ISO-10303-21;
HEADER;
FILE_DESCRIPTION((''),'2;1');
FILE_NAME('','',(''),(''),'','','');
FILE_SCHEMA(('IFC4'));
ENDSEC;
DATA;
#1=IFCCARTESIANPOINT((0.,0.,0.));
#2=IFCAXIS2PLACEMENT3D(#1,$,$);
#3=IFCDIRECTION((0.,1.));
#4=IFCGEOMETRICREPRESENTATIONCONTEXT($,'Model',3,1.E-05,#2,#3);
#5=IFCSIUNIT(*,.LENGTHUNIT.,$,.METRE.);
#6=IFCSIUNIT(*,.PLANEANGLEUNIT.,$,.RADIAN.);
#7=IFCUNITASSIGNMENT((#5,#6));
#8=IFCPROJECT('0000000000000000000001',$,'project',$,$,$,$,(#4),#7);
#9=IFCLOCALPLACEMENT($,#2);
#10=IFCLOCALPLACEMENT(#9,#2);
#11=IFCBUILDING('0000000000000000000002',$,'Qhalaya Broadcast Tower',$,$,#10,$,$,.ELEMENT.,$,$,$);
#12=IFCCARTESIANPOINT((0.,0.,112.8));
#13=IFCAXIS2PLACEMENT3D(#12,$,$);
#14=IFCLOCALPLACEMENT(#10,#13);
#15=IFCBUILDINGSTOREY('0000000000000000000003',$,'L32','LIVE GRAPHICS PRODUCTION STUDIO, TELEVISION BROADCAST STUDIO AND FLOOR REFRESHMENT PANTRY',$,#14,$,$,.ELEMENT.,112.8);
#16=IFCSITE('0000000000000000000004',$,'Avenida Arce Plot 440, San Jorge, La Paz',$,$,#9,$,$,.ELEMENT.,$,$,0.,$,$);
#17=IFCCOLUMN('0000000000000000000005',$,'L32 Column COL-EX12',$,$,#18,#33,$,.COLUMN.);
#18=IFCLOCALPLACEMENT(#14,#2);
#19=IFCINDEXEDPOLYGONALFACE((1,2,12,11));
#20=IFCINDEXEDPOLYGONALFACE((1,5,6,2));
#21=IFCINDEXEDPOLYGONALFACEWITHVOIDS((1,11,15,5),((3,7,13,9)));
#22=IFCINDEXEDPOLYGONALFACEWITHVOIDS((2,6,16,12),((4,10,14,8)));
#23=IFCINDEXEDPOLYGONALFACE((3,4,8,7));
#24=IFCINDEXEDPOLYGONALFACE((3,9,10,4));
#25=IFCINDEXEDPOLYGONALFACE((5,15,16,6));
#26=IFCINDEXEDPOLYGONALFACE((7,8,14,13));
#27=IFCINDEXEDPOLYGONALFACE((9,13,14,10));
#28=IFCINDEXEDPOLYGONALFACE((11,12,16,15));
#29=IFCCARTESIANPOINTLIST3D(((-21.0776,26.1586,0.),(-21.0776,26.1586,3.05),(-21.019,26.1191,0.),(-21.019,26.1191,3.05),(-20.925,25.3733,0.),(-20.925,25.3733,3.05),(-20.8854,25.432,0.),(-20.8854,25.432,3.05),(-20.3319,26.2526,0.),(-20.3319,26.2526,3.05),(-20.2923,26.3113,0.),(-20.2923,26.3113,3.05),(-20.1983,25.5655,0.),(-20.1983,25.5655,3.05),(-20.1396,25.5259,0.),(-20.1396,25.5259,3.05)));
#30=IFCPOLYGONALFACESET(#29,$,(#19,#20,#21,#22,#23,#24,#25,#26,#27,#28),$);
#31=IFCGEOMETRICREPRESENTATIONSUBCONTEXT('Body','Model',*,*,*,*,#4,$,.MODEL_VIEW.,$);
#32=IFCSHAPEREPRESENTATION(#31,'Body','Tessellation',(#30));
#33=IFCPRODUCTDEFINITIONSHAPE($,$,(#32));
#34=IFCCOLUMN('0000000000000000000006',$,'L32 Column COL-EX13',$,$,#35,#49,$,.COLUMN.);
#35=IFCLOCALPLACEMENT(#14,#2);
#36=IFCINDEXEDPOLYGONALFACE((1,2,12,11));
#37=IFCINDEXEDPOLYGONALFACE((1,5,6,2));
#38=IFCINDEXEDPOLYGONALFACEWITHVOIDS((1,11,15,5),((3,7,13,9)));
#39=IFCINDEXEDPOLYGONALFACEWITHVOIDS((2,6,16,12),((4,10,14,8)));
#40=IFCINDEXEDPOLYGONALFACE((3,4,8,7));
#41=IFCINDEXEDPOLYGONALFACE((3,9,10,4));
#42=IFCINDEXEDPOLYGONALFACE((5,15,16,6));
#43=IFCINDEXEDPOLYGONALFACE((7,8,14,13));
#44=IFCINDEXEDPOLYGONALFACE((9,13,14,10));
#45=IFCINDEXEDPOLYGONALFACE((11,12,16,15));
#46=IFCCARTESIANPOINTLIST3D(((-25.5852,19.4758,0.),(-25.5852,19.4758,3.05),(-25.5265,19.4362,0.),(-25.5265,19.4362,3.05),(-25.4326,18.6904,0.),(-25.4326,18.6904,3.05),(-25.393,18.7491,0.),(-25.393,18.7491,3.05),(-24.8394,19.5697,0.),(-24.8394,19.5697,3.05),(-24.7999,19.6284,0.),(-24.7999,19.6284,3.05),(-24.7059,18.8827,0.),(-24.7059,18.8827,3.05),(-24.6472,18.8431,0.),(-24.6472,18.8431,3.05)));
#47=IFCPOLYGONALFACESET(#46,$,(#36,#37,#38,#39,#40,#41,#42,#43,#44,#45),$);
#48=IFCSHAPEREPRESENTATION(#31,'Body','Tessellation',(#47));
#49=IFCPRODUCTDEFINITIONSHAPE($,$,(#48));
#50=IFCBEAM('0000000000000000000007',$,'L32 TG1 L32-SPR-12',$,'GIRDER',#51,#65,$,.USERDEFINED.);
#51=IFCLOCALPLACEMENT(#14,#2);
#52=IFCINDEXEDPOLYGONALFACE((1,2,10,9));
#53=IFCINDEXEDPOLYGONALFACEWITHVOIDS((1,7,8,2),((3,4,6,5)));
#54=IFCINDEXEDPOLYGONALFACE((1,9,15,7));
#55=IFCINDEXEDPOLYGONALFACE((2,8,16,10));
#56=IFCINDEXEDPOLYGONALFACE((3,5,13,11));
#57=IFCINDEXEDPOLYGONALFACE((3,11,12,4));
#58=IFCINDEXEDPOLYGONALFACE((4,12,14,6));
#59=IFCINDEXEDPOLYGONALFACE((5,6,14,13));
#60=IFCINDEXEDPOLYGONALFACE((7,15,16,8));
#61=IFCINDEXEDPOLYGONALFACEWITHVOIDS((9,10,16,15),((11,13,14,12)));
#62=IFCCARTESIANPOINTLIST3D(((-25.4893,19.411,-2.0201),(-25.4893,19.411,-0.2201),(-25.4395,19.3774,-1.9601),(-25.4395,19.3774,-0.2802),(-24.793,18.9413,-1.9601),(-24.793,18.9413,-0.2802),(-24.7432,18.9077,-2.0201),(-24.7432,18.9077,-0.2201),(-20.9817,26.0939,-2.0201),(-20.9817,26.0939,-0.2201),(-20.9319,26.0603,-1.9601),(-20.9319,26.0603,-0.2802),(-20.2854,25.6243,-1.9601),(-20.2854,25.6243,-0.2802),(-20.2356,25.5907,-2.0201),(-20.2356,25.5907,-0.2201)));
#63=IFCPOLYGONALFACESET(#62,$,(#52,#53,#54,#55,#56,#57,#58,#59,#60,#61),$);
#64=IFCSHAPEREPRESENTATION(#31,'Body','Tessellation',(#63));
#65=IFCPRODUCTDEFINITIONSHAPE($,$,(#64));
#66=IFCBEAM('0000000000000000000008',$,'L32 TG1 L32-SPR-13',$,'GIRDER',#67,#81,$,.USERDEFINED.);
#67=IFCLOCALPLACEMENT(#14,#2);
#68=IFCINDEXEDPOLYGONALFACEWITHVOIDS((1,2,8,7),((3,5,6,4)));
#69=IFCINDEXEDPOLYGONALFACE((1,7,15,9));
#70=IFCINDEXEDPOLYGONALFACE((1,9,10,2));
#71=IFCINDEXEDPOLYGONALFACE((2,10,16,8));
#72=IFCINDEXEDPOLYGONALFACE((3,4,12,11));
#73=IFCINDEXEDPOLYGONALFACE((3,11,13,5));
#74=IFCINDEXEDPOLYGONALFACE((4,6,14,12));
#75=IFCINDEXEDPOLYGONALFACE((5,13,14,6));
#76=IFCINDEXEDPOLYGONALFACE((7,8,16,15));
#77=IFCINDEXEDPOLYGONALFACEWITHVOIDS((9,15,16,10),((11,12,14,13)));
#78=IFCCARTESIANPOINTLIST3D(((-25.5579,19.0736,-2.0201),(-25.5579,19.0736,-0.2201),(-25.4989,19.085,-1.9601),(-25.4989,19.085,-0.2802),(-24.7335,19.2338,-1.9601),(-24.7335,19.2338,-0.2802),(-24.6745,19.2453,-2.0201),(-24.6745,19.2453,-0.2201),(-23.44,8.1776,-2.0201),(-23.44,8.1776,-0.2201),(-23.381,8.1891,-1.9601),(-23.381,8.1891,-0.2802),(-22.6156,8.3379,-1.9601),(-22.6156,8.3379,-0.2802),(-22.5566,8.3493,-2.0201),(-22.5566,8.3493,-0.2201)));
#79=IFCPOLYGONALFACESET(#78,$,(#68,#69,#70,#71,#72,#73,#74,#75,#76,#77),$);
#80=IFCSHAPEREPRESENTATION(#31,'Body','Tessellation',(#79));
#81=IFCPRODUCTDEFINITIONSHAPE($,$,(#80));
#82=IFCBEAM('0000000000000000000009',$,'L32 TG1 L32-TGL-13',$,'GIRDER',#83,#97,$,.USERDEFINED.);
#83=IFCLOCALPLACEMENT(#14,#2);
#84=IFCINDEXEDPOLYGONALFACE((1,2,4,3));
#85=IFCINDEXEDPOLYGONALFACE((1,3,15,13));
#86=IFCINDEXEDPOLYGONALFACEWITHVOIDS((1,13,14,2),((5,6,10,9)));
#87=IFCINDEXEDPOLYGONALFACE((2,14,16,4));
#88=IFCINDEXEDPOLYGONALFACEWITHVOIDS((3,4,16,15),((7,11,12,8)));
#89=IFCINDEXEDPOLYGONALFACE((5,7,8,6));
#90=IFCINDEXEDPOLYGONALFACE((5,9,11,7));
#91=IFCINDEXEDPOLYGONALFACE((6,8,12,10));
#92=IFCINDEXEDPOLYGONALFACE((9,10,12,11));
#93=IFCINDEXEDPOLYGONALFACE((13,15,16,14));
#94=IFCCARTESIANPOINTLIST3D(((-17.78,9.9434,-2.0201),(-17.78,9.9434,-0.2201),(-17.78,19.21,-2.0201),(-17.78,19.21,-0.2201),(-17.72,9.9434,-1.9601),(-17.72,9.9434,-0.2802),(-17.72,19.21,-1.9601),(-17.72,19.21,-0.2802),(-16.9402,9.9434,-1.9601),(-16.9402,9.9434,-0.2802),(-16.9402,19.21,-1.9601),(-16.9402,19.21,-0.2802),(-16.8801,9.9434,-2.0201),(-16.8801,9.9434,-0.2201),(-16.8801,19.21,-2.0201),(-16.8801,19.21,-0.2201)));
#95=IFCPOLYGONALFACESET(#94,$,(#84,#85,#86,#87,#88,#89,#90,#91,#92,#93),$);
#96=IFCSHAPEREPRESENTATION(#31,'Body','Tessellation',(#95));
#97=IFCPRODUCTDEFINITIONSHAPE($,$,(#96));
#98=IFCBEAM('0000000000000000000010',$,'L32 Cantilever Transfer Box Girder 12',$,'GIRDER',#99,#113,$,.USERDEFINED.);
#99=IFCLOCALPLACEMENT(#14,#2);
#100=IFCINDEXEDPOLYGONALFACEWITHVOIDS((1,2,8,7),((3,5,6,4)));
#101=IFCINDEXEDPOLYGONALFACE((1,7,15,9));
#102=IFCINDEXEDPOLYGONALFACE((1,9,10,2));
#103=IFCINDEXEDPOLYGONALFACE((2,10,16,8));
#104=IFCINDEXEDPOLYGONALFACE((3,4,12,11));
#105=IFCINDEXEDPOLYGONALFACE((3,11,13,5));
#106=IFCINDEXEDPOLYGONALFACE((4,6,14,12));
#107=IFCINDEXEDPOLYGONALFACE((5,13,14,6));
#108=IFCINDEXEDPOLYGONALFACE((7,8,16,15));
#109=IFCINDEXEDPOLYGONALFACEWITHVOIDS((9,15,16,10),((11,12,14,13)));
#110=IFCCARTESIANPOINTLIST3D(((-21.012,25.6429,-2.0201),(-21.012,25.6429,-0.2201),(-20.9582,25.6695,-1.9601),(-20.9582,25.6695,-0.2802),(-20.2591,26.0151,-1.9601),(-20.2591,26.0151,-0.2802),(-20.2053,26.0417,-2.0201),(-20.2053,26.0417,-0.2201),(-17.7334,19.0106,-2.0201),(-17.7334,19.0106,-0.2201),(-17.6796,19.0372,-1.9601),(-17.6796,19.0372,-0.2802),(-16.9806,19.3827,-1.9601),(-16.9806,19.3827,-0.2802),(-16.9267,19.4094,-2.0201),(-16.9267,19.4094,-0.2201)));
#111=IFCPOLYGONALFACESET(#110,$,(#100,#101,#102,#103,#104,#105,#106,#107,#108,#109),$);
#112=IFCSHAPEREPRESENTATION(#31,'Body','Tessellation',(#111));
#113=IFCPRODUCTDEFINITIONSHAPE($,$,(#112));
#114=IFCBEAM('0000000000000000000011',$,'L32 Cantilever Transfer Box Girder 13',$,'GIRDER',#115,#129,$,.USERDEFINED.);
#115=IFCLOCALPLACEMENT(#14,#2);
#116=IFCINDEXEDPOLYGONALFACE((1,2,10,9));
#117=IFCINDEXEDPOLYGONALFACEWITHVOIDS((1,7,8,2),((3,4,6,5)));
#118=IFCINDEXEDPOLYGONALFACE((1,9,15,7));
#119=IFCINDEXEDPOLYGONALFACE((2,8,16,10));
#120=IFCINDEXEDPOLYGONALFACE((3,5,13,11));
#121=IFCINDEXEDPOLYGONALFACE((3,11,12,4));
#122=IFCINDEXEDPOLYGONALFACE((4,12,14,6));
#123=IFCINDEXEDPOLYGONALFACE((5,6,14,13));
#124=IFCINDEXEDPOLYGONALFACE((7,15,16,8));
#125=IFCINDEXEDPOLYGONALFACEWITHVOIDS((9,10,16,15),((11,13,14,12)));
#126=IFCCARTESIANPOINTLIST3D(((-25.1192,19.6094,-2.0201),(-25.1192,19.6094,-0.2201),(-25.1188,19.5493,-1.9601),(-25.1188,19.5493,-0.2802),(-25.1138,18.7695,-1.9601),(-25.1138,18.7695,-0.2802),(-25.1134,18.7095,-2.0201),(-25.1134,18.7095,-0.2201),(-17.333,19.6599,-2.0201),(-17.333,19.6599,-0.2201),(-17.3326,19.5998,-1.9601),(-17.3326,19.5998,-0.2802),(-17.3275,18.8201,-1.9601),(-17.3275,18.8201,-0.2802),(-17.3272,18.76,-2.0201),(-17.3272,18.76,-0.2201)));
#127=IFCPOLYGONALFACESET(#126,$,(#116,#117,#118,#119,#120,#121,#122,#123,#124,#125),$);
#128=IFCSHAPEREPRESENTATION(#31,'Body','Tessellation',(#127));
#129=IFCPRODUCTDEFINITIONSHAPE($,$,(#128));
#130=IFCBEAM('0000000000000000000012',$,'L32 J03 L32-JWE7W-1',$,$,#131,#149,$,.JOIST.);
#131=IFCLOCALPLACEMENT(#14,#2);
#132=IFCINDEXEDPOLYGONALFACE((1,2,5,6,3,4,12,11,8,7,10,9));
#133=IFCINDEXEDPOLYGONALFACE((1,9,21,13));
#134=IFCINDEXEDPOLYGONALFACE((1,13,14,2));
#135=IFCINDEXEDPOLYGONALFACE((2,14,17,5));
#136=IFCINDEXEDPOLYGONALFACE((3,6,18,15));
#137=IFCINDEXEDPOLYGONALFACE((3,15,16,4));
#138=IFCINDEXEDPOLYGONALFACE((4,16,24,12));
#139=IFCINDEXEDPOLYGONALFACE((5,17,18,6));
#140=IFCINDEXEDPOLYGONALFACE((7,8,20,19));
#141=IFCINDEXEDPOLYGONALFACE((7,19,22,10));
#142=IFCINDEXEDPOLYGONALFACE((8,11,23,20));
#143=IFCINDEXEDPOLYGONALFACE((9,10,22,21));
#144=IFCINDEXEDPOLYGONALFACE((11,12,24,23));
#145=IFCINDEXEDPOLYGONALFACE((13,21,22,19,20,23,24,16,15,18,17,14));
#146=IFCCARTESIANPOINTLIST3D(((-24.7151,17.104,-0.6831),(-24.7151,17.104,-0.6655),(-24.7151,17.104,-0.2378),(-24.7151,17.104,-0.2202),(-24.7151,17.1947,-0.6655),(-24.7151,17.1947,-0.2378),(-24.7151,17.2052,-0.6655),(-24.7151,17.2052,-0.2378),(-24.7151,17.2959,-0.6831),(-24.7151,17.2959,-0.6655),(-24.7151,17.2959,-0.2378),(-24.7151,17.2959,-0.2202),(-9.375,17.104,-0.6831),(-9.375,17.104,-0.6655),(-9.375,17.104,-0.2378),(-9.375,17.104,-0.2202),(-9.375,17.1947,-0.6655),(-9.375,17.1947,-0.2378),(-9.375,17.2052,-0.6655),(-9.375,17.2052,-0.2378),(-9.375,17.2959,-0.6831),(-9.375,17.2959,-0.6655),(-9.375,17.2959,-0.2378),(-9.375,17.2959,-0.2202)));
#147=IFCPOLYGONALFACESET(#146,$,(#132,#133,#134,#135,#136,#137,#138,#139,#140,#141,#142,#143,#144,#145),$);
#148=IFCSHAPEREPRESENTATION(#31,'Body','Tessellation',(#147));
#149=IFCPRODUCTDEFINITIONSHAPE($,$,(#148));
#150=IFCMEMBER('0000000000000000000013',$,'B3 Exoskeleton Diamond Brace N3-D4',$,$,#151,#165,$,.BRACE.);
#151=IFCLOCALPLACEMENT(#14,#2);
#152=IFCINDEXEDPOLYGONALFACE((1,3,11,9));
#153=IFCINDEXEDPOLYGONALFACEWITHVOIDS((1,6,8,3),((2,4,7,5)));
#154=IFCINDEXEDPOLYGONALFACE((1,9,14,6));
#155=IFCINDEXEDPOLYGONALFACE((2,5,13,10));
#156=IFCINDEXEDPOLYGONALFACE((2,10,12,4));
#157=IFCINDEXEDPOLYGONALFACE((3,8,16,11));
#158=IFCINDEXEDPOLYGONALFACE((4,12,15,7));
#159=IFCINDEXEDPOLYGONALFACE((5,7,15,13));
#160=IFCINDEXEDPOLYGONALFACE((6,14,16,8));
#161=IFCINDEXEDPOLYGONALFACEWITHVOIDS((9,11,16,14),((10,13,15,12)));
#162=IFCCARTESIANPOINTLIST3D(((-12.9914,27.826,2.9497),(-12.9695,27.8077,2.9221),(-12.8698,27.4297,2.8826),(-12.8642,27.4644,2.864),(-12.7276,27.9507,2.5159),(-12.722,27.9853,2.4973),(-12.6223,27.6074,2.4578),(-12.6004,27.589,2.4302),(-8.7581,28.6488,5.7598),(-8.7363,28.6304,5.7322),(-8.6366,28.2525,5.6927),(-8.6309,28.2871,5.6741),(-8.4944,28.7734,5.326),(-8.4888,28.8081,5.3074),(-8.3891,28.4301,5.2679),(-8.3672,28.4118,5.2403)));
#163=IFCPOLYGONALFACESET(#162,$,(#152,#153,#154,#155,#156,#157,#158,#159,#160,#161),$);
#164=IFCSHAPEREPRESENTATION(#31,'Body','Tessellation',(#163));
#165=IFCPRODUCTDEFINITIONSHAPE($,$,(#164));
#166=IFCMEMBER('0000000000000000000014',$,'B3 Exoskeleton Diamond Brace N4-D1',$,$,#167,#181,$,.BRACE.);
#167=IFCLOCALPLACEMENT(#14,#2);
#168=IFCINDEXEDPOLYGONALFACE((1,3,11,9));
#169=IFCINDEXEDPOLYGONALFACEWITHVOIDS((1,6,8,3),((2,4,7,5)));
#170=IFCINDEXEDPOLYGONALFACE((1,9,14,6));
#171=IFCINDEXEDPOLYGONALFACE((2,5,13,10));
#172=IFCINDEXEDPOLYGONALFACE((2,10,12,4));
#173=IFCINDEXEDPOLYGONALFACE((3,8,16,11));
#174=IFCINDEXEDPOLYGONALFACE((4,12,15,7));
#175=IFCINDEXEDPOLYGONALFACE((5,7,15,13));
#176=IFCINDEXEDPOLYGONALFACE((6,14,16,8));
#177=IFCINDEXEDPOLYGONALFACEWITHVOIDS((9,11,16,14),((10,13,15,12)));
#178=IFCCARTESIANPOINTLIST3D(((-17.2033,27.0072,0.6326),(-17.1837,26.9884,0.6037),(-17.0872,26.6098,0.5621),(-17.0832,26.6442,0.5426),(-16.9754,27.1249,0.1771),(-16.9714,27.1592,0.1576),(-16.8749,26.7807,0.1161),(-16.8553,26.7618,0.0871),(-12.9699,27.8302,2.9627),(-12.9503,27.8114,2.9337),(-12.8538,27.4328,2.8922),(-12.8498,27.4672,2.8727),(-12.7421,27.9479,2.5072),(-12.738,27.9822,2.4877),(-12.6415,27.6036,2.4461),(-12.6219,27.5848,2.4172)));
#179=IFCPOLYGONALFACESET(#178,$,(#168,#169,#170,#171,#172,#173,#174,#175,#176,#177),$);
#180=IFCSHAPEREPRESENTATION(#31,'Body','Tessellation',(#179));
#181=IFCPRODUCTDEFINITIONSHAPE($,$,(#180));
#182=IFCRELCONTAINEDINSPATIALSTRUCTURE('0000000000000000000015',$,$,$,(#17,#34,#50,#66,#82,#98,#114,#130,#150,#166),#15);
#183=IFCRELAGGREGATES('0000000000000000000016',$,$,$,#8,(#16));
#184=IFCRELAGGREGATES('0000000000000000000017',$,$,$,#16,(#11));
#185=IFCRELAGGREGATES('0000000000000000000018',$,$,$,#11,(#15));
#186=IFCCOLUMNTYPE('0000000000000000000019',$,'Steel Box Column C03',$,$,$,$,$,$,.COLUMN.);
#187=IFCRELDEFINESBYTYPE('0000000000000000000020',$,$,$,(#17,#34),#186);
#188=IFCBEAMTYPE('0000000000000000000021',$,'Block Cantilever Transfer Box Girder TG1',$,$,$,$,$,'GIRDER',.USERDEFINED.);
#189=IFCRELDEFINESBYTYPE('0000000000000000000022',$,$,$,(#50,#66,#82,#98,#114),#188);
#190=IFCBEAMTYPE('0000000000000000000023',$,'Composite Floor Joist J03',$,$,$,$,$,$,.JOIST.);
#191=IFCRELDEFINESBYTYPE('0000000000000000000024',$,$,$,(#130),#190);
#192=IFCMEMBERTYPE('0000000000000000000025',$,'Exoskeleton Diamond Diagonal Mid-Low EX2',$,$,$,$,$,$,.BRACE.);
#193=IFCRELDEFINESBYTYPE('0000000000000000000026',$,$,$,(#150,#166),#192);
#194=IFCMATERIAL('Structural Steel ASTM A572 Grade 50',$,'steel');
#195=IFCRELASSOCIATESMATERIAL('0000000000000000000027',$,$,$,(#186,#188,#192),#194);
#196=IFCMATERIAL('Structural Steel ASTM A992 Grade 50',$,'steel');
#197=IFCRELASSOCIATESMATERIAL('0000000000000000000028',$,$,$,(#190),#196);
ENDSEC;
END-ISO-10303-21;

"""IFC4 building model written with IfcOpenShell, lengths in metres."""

from ifc_helpers import new_model, si_unit, direction, frame, origin, origin_2d, place, context, subcontext, project, spatial, hollow_rectangle, i_section, extrude, material, material_profile, profile_set, type_object, element, save


model = new_model("IFC4")

# Units and contexts
model_context = context("Model", 3, precision=1e-05, world=origin(), true_north=direction((0.0, 1.0)))
body_context = subcontext(model_context, "Body", "Model", "MODEL_VIEW")
ifc_project = project(units=[si_unit("LENGTHUNIT", "METRE"), si_unit("PLANEANGLEUNIT", "RADIAN")], contexts=[model_context])

# Site, building, storey
site_placement = place(None, origin())
site = spatial("IfcSite", under=ifc_project, at=site_placement, Name="Avenida Arce Plot 440, San Jorge, La Paz", CompositionType="ELEMENT", RefElevation=0.0)
building_placement = place(site_placement, origin())
building = spatial("IfcBuilding", under=site, at=building_placement, Name="Qhalaya Broadcast Tower", CompositionType="ELEMENT")
storey_placement = place(building_placement, frame((0.0, 0.0, 112.8)))
storey = spatial("IfcBuildingStorey", under=building, at=storey_placement, Name="L32", Description="LIVE GRAPHICS PRODUCTION STUDIO, TELEVISION BROADCAST STUDIO AND FLOOR REFRESHMENT PANTRY", CompositionType="ELEMENT", Elevation=112.8)

# Columns
ifc_material_1 = material(Name="Structural Steel ASTM A572 Grade 50", Category="steel")
ifc_material_profile_1 = material_profile(ifc_material_1, hollow_rectangle(XDim=0.8, YDim=0.8, WallThickness=0.05, at=origin_2d()), Name="BOX 800x800x50")
ifc_profile_set_1 = profile_set([ifc_material_profile_1], Name="Structural Steel ASTM A572 Grade 50")
column_type = type_object("IfcColumnType", Name="Steel Box Column C03", PredefinedType="COLUMN", material=ifc_profile_set_1)
for number, where, z_axis, x_axis, name in (
    (1, (-20.6086, 25.8423, 0.0), (0.0, 0.0, 1.0), (0.981627, 0.190809, 0.0), "L32 Column COL-EX12"),
    (2, (-25.1162, 19.1594, 0.0), (0.0, 0.0, 1.0), (-0.190809, 0.981627, 0.0), "L32 Column COL-EX13"),
):
    element("IfcColumn", number, at=place(storey_placement, frame(where, z_axis=z_axis, x_axis=x_axis)), inside=storey, type_object=column_type, Name=name, PredefinedType="COLUMN", context=body_context, shape_type="SweptSolid", body=[
        extrude(hollow_rectangle(XDim=0.8, YDim=0.8, WallThickness=0.05, at=origin_2d()), origin(), (0.0, 0.0, 1.0), 3.05),
    ])

# Beams
ifc_material_profile_2 = material_profile(ifc_material_1, hollow_rectangle(XDim=0.8999, YDim=1.8, WallThickness=0.0601, at=origin_2d()), Name="BOX 900x1800x60")
ifc_profile_set_2 = profile_set([ifc_material_profile_2], Name="Structural Steel ASTM A572 Grade 50")
beam_type_1 = type_object("IfcBeamType", Name="Block Cantilever Transfer Box Girder TG1", ElementType="GIRDER", PredefinedType="USERDEFINED", material=ifc_profile_set_2)
beam_1_placement = place(storey_placement, frame((-20.6086, 25.8423, -1.1201), z_axis=(-0.559186, -0.829042, 0.0), x_axis=(0.829042, -0.559186, 0.0)))
element("IfcBeam", 3, at=beam_1_placement, inside=storey, type_object=beam_type_1, Name="L32 TG1 L32-SPR-12", ObjectType="GIRDER", PredefinedType="USERDEFINED", context=body_context, shape_type="SweptSolid", body=[
    extrude(hollow_rectangle(XDim=0.8999, YDim=1.8, WallThickness=0.0601, at=origin_2d()), origin(), (0.0, 0.0, 1.0), 8.061),
])
beam_2_placement = place(storey_placement, frame((-25.1162, 19.1594, -1.1201), z_axis=(0.190805, -0.981628, 0.0), x_axis=(0.981628, 0.190805, 0.0)))
element("IfcBeam", 4, at=beam_2_placement, inside=storey, type_object=beam_type_1, Name="L32 TG1 L32-SPR-13", ObjectType="GIRDER", PredefinedType="USERDEFINED", context=body_context, shape_type="SweptSolid", body=[
    extrude(hollow_rectangle(XDim=0.8999, YDim=1.8, WallThickness=0.0601, at=origin_2d()), origin(), (0.0, 0.0, 1.0), 11.0999),
])
beam_3_placement = place(storey_placement, frame((-17.3301, 19.21, -1.1201), z_axis=(0.0, -1.0, 0.0), x_axis=(1.0, 0.0, 0.0)))
element("IfcBeam", 5, at=beam_3_placement, inside=storey, type_object=beam_type_1, Name="L32 TG1 L32-TGL-13", ObjectType="GIRDER", PredefinedType="USERDEFINED", context=body_context, shape_type="SweptSolid", body=[
    extrude(hollow_rectangle(XDim=0.8999, YDim=1.8, WallThickness=0.0601, at=origin_2d()), origin(), (0.0, 0.0, 1.0), 9.2666),
])
beam_4_placement = place(storey_placement, frame((-17.3301, 19.21, -1.1201), z_axis=(-0.443143, 0.896451, 0.0), x_axis=(-0.896451, -0.443143, 0.0)))
element("IfcBeam", 6, at=beam_4_placement, inside=storey, type_object=beam_type_1, Name="L32 Cantilever Transfer Box Girder 12", ObjectType="GIRDER", PredefinedType="USERDEFINED", context=body_context, shape_type="SweptSolid", body=[
    extrude(hollow_rectangle(XDim=0.8999, YDim=1.8, WallThickness=0.0601, at=origin_2d()), origin(), (0.0, 0.0, 1.0), 7.3984),
])
beam_5_placement = place(storey_placement, frame((-17.3301, 19.21, -1.1201), z_axis=(-0.999979, -0.006491, 0.0), x_axis=(0.006491, -0.999979, 0.0)))
element("IfcBeam", 7, at=beam_5_placement, inside=storey, type_object=beam_type_1, Name="L32 Cantilever Transfer Box Girder 13", ObjectType="GIRDER", PredefinedType="USERDEFINED", context=body_context, shape_type="SweptSolid", body=[
    extrude(hollow_rectangle(XDim=0.8999, YDim=1.8, WallThickness=0.0601, at=origin_2d()), origin(), (0.0, 0.0, 1.0), 7.7864),
])
ifc_material_2 = material(Name="Structural Steel ASTM A992 Grade 50", Category="steel")
ifc_material_profile_3 = material_profile(ifc_material_2, i_section(OverallWidth=0.1919, OverallDepth=0.4629, WebThickness=0.0105, FlangeThickness=0.0176, at=origin_2d()), Name="W18X60")
ifc_profile_set_3 = profile_set([ifc_material_profile_3], Name="Structural Steel ASTM A992 Grade 50")
beam_type_2 = type_object("IfcBeamType", Name="Composite Floor Joist J03", PredefinedType="JOIST", material=ifc_profile_set_3)
beam_6_placement = place(storey_placement, frame((-24.7151, 17.2, -0.4517), z_axis=(1.0, 0.0, 0.0), x_axis=(0.0, 1.0, 0.0)))
element("IfcBeam", 8, at=beam_6_placement, inside=storey, type_object=beam_type_2, Name="L32 J03 L32-JWE7W-1", PredefinedType="JOIST", context=body_context, shape_type="SweptSolid", body=[
    extrude(i_section(OverallWidth=0.1919, OverallDepth=0.4629, WebThickness=0.0105, FlangeThickness=0.0176, at=origin_2d()), origin(), (0.0, 0.0, 1.0), 15.3401),
])

# Members
ifc_material_profile_4 = material_profile(ifc_material_1, hollow_rectangle(XDim=0.4199, YDim=0.55, WallThickness=0.0281, at=origin_2d()), Name="BOX 420x550x28")
ifc_profile_set_4 = profile_set([ifc_material_profile_4], Name="Structural Steel ASTM A572 Grade 50")
member_type = type_object("IfcMemberType", Name="Exoskeleton Diamond Diagonal Mid-Low EX2", PredefinedType="BRACE", material=ifc_profile_set_4)
member_1_placement = place(storey_placement, frame((-12.7959, 27.7075, 2.6899), z_axis=(0.82243, 0.159847, 0.545947), x_axis=(-0.289542, 0.943721, 0.159864)))
element("IfcMember", 9, at=member_1_placement, inside=storey, type_object=member_type, Name="B3 Exoskeleton Diamond Brace N3-D4", PredefinedType="BRACE", context=body_context, shape_type="SweptSolid", body=[
    extrude(hollow_rectangle(XDim=0.4199, YDim=0.55, WallThickness=0.0281, at=origin_2d()), origin(), (0.0, 0.0, 1.0), 5.1472),
])
member_2_placement = place(storey_placement, frame((-17.0293, 26.8845, 0.3599), z_axis=(0.863631, 0.167895, 0.475346), x_axis=(-0.276361, 0.946279, 0.167874)))
element("IfcMember", 10, at=member_2_placement, inside=storey, type_object=member_type, Name="B3 Exoskeleton Diamond Brace N4-D1", PredefinedType="BRACE", context=body_context, shape_type="SweptSolid", body=[
    extrude(hollow_rectangle(XDim=0.4199, YDim=0.55, WallThickness=0.0281, at=origin_2d()), origin(), (0.0, 0.0, 1.0), 4.9019),
])

save(model, "model.ifc")
